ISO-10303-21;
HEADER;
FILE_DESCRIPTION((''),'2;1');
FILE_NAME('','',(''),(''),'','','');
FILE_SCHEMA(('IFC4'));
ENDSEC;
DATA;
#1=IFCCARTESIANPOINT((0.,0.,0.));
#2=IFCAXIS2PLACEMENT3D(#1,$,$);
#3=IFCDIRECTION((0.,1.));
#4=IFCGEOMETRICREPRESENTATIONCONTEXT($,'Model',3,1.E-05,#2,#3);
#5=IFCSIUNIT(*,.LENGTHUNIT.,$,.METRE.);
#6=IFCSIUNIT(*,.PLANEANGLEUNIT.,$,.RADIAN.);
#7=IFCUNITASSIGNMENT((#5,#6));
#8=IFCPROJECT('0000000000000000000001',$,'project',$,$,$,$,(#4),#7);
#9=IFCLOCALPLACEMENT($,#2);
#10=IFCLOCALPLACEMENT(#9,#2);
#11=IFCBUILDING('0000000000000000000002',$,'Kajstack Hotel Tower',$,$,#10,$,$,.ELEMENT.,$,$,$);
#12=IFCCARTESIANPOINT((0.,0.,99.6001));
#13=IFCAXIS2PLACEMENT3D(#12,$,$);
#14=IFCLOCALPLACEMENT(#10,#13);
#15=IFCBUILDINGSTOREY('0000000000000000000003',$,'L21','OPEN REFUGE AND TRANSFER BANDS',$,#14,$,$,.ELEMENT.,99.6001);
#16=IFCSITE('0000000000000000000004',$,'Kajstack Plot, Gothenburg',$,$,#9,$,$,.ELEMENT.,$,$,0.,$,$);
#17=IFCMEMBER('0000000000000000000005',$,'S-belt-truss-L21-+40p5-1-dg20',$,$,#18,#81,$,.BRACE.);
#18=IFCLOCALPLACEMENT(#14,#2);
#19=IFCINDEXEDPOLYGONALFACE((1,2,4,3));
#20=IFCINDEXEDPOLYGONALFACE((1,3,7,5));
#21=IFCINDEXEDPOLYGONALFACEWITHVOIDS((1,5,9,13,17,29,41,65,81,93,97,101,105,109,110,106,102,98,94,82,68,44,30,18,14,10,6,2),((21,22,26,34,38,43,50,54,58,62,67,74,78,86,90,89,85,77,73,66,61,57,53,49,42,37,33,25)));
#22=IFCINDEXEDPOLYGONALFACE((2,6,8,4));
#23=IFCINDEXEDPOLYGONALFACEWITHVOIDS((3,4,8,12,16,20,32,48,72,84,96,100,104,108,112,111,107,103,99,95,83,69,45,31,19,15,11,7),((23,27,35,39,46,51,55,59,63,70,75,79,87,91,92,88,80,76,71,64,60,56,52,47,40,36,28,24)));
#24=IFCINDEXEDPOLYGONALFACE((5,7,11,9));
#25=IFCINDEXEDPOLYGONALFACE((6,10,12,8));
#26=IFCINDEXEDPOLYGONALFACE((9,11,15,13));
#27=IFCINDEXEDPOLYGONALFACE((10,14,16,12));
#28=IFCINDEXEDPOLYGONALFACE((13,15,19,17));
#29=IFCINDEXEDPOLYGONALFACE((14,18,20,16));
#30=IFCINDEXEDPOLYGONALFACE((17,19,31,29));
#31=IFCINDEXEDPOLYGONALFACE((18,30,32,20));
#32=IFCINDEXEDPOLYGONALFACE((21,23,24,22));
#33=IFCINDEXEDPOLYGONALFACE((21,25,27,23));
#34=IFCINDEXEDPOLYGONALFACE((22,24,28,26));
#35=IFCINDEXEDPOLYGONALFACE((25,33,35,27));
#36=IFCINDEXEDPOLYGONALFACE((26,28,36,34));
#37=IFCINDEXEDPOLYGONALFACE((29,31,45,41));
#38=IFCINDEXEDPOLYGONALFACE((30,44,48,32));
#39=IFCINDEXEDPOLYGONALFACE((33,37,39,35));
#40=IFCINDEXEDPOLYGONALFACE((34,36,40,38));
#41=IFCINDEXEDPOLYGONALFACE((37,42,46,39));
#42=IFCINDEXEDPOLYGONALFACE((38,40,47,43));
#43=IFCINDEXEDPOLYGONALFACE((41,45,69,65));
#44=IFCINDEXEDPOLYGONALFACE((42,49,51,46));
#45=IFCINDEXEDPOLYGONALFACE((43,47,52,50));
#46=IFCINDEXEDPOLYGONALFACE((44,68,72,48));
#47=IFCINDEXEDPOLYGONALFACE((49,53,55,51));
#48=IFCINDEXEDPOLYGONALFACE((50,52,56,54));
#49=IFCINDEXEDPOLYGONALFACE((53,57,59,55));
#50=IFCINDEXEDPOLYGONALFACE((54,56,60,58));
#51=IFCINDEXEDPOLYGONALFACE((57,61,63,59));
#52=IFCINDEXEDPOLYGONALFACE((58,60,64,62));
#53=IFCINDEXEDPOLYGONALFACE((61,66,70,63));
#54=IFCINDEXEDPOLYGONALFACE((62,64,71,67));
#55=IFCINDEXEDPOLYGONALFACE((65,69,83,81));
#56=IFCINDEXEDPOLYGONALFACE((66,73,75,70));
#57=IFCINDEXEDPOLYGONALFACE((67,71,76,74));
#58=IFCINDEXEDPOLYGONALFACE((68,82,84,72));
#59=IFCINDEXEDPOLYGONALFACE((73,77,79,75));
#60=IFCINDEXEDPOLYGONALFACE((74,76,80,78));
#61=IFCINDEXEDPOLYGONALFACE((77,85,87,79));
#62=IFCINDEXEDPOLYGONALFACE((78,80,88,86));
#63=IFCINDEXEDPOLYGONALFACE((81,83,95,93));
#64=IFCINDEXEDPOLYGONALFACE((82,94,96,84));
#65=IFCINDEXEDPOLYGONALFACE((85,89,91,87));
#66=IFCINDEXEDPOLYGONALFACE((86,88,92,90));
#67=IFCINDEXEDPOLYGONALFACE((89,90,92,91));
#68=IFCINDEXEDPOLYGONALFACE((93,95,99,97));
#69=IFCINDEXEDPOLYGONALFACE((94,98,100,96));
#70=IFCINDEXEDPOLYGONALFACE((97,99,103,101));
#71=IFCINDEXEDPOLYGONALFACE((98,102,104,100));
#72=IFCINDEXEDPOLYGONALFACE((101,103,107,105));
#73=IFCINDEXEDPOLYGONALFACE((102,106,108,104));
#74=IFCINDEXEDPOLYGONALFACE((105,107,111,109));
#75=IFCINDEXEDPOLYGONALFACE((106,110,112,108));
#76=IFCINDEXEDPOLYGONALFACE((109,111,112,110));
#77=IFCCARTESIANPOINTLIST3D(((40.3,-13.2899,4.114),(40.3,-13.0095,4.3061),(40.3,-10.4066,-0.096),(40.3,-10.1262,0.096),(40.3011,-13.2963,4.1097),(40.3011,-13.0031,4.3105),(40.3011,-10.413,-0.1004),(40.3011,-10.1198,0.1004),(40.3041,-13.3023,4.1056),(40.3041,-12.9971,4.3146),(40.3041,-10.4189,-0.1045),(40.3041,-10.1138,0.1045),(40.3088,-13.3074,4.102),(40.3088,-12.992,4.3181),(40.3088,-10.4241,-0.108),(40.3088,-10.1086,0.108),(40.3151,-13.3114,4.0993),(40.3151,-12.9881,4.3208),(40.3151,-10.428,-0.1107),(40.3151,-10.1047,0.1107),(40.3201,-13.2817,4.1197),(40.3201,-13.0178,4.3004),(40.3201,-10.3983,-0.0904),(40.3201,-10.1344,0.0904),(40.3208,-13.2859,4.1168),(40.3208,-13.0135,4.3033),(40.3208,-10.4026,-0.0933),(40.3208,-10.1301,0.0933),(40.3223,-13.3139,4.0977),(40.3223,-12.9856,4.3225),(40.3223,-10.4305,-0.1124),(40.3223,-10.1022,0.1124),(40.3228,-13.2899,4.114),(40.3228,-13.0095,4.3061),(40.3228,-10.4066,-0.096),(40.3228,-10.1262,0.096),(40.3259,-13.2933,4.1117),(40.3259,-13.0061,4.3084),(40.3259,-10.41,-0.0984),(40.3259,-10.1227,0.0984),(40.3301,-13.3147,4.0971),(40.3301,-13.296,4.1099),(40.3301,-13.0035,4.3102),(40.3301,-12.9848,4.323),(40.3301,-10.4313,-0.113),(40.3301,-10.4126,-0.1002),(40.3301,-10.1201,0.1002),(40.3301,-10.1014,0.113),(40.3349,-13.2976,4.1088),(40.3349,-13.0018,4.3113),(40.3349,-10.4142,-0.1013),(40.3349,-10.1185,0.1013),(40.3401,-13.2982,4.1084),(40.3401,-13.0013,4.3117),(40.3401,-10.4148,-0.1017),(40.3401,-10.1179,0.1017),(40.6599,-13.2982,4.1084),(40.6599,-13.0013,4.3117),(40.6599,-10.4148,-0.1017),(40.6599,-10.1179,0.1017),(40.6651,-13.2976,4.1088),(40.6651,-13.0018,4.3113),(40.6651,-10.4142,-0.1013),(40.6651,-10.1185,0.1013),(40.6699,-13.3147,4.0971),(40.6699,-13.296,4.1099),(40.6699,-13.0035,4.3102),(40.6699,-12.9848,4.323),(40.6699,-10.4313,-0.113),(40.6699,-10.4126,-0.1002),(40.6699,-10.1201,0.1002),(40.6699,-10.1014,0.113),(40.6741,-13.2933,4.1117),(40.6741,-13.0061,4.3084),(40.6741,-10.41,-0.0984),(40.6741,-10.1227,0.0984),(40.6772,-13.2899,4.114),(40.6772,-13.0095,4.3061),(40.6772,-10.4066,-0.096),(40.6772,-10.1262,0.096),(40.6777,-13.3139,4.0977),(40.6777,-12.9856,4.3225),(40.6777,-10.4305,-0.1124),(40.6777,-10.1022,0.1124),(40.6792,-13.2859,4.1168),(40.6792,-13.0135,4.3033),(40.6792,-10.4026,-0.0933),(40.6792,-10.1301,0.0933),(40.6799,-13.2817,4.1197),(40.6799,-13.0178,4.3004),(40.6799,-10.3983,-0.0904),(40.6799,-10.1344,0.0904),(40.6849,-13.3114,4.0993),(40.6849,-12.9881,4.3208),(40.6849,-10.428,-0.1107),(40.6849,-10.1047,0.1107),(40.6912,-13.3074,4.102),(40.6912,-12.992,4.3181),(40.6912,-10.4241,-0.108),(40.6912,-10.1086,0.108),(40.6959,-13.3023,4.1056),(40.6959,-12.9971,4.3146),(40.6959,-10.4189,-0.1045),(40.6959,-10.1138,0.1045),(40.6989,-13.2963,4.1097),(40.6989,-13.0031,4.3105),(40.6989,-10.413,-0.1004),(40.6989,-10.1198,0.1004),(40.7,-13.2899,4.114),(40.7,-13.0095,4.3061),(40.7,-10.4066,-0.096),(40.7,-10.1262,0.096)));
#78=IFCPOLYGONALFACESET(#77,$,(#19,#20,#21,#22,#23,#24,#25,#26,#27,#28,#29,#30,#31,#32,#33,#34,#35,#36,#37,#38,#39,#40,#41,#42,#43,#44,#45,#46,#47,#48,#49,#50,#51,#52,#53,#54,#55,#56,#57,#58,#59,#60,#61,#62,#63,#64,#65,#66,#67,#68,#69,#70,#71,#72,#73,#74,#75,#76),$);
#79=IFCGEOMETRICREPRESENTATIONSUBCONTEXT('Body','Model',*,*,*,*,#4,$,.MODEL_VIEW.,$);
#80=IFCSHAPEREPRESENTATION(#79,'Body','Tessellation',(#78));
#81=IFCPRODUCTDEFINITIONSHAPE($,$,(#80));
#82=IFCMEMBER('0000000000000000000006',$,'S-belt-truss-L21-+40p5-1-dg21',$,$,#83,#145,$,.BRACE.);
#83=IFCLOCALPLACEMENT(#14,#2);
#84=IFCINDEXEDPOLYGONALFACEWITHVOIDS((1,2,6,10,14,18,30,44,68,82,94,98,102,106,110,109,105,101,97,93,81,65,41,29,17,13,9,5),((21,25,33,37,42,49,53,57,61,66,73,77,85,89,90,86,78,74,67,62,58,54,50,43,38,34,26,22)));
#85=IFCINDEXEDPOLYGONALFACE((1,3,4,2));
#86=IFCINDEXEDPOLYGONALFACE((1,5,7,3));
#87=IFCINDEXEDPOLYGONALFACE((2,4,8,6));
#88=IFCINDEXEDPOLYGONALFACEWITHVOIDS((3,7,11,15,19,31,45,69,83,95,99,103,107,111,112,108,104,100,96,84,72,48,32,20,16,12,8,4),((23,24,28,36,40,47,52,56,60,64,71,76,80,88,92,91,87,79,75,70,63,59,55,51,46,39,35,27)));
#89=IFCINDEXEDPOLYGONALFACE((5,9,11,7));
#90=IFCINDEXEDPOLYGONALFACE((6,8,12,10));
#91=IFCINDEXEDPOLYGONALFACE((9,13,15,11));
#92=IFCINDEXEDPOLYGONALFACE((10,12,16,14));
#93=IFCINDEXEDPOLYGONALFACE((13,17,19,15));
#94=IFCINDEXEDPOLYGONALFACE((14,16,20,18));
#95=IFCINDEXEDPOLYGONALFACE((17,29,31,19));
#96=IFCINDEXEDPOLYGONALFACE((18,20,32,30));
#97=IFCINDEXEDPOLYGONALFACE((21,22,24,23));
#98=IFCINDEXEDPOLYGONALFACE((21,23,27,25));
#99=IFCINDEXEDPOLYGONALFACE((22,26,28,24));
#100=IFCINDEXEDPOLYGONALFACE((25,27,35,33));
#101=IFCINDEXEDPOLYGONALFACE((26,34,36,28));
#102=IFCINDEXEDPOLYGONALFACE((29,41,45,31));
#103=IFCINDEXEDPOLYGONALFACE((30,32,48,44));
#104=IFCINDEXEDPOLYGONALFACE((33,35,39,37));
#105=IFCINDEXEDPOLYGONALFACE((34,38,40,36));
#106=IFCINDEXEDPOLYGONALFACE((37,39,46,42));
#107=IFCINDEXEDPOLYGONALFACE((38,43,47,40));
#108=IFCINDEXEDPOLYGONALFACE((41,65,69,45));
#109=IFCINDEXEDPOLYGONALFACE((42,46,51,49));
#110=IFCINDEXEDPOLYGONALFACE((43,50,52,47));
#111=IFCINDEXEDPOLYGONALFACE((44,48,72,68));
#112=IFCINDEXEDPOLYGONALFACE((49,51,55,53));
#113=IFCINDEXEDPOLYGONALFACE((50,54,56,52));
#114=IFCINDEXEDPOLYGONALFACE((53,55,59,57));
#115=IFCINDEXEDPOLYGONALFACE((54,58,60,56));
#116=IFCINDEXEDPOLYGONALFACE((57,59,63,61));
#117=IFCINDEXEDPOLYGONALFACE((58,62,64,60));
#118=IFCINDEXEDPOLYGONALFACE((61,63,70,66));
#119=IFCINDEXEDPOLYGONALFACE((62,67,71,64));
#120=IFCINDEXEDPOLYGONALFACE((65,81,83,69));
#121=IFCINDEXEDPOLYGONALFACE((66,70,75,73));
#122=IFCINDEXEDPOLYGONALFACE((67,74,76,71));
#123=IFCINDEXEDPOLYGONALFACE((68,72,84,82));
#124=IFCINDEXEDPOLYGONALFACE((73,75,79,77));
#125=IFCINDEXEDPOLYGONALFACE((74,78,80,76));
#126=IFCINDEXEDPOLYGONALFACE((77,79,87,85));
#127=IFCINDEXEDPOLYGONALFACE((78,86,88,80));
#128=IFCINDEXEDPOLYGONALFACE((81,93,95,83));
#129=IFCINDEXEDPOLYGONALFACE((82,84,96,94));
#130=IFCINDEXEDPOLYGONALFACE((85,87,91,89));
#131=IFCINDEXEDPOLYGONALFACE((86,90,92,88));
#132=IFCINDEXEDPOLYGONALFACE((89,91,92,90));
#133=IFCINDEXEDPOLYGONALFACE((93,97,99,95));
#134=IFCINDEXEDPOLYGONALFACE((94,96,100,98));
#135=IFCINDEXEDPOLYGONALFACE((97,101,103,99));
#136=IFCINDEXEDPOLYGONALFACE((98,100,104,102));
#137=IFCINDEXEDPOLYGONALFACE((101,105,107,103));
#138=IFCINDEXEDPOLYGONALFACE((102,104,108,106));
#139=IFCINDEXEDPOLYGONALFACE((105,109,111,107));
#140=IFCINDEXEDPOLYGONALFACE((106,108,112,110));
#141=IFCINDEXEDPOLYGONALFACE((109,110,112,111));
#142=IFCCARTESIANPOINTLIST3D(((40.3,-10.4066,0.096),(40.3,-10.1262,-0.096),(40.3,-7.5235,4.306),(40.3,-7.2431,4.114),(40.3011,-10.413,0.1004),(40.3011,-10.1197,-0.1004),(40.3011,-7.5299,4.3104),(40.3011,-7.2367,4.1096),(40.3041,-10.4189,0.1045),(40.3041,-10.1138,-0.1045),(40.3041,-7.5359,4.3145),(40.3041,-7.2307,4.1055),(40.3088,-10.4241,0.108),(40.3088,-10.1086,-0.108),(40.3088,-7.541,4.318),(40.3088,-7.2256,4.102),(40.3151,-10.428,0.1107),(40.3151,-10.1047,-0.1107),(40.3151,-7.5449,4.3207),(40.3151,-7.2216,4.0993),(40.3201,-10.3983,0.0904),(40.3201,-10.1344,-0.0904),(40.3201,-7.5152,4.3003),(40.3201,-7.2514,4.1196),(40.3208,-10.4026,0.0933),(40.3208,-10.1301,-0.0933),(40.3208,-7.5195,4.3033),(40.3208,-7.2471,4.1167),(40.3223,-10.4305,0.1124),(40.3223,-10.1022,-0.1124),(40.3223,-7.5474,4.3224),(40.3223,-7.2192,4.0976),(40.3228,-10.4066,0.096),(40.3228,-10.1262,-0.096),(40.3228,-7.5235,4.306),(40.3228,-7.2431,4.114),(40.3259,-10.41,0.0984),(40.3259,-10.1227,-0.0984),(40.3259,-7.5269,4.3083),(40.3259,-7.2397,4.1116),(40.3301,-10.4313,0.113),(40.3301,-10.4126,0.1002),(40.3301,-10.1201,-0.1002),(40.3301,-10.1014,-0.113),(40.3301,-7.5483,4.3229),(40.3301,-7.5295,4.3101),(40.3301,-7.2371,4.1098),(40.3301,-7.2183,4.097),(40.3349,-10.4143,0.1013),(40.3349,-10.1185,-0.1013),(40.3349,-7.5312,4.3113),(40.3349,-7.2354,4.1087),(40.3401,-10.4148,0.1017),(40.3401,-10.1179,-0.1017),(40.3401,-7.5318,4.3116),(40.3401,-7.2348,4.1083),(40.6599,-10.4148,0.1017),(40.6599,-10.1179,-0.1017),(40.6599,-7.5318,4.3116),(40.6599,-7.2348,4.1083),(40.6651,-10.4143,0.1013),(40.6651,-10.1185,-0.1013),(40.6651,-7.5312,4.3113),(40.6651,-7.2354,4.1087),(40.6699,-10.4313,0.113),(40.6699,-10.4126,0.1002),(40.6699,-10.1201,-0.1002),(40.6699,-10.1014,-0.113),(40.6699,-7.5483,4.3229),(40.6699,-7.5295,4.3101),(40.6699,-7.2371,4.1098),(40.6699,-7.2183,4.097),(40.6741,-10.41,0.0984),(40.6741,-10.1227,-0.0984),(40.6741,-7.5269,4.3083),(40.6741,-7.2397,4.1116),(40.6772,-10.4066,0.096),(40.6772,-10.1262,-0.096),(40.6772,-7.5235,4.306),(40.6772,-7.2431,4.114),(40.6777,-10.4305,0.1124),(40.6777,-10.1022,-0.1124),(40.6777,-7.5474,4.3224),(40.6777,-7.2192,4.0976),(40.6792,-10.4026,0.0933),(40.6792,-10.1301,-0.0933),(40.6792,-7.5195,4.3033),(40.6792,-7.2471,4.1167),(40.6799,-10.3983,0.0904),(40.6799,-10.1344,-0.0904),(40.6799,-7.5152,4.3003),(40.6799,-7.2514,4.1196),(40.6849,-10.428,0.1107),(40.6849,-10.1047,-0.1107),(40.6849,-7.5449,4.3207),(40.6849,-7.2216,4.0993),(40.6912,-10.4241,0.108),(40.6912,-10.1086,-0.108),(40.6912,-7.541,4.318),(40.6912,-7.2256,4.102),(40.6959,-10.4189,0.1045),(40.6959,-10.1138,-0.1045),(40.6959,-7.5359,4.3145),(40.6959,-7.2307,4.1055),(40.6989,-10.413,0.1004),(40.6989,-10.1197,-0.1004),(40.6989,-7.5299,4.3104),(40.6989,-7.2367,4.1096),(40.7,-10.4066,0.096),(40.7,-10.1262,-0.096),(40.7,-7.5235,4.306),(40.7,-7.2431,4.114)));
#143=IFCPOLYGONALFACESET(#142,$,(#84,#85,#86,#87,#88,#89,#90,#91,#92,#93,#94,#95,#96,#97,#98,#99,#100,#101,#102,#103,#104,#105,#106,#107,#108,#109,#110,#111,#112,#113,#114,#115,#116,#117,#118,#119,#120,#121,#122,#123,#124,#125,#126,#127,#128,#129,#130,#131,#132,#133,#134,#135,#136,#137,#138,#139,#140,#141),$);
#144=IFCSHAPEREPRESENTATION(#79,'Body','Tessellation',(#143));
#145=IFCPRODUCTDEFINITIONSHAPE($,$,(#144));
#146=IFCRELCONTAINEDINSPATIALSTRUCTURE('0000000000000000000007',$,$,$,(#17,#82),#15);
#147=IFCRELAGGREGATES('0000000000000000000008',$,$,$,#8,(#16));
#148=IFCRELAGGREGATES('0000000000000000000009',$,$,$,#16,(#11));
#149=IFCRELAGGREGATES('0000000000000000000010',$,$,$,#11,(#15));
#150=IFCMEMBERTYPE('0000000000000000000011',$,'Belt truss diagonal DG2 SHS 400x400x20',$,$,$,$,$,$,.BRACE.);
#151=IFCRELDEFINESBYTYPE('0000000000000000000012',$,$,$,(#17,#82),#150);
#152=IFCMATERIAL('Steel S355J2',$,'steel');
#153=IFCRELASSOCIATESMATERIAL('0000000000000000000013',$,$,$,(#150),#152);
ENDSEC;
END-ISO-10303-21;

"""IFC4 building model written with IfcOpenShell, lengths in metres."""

from ifc_helpers import new_model, si_unit, direction, frame, origin, origin_2d, place, context, subcontext, project, spatial, hollow_rectangle, extrude, material, material_profile, profile_set, type_object, element, save


model = new_model("IFC4")

# Units and contexts
model_context = context("Model", 3, precision=1e-05, world=origin(), true_north=direction((0.0, 1.0)))
body_context = subcontext(model_context, "Body", "Model", "MODEL_VIEW")
ifc_project = project(units=[si_unit("LENGTHUNIT", "METRE"), si_unit("PLANEANGLEUNIT", "RADIAN")], contexts=[model_context])

# Site, building, storey
site_placement = place(None, origin())
site = spatial("IfcSite", under=ifc_project, at=site_placement, Name="Kajstack Plot, Gothenburg", CompositionType="ELEMENT", RefElevation=0.0)
building_placement = place(site_placement, origin())
building = spatial("IfcBuilding", under=site, at=building_placement, Name="Kajstack Hotel Tower", CompositionType="ELEMENT")
storey_placement = place(building_placement, frame((0.0, 0.0, 99.6001)))
storey = spatial("IfcBuildingStorey", under=building, at=storey_placement, Name="L21", Description="OPEN REFUGE AND TRANSFER BANDS", CompositionType="ELEMENT", Elevation=99.6001)

# Members
ifc_material = material(Name="Steel S355J2", Category="steel")
ifc_material_profile_1 = material_profile(ifc_material, hollow_rectangle(XDim=0.3999, YDim=0.3999, WallThickness=0.02, InnerFilletRadius=0.02, OuterFilletRadius=0.03, at=origin_2d()), Name="SHS 400x400x20")
ifc_profile_set_1 = profile_set([ifc_material_profile_1], Name="Steel S355J2")
member_type_1 = type_object("IfcMemberType", Name="Belt truss diagonal DG2 SHS 400x400x20", PredefinedType="BRACE", material=ifc_profile_set_1)
member_1_placement = place(storey_placement, frame((40.5, -10.2664, 0.0), z_axis=(0.0, -0.565058, 0.825051), x_axis=(1.0, 0.0, 0.0)))
element("IfcMember", 1, at=member_1_placement, inside=storey, type_object=member_type_1, Name="S-belt-truss-L21-+40p5-1-dg20", PredefinedType="BRACE", context=body_context, shape_type="SweptSolid", body=[
    extrude(hollow_rectangle(XDim=0.3999, YDim=0.3999, WallThickness=0.02, InnerFilletRadius=0.02, OuterFilletRadius=0.03, at=origin_2d()), origin(), (0.0, 0.0, 1.0), 5.1028),
])
member_2_placement = place(storey_placement, frame((40.5, -10.2664, 0.0), z_axis=(0.0, 0.565025, 0.825074), x_axis=(-1.0, 0.0, 0.0)))
element("IfcMember", 2, at=member_2_placement, inside=storey, type_object=member_type_1, Name="S-belt-truss-L21-+40p5-1-dg21", PredefinedType="BRACE", context=body_context, shape_type="SweptSolid", body=[
    extrude(hollow_rectangle(XDim=0.3999, YDim=0.3999, WallThickness=0.02, InnerFilletRadius=0.02, OuterFilletRadius=0.03, at=origin_2d()), origin(), (0.0, 0.0, 1.0), 5.1025),
])

save(model, "model.ifc")
